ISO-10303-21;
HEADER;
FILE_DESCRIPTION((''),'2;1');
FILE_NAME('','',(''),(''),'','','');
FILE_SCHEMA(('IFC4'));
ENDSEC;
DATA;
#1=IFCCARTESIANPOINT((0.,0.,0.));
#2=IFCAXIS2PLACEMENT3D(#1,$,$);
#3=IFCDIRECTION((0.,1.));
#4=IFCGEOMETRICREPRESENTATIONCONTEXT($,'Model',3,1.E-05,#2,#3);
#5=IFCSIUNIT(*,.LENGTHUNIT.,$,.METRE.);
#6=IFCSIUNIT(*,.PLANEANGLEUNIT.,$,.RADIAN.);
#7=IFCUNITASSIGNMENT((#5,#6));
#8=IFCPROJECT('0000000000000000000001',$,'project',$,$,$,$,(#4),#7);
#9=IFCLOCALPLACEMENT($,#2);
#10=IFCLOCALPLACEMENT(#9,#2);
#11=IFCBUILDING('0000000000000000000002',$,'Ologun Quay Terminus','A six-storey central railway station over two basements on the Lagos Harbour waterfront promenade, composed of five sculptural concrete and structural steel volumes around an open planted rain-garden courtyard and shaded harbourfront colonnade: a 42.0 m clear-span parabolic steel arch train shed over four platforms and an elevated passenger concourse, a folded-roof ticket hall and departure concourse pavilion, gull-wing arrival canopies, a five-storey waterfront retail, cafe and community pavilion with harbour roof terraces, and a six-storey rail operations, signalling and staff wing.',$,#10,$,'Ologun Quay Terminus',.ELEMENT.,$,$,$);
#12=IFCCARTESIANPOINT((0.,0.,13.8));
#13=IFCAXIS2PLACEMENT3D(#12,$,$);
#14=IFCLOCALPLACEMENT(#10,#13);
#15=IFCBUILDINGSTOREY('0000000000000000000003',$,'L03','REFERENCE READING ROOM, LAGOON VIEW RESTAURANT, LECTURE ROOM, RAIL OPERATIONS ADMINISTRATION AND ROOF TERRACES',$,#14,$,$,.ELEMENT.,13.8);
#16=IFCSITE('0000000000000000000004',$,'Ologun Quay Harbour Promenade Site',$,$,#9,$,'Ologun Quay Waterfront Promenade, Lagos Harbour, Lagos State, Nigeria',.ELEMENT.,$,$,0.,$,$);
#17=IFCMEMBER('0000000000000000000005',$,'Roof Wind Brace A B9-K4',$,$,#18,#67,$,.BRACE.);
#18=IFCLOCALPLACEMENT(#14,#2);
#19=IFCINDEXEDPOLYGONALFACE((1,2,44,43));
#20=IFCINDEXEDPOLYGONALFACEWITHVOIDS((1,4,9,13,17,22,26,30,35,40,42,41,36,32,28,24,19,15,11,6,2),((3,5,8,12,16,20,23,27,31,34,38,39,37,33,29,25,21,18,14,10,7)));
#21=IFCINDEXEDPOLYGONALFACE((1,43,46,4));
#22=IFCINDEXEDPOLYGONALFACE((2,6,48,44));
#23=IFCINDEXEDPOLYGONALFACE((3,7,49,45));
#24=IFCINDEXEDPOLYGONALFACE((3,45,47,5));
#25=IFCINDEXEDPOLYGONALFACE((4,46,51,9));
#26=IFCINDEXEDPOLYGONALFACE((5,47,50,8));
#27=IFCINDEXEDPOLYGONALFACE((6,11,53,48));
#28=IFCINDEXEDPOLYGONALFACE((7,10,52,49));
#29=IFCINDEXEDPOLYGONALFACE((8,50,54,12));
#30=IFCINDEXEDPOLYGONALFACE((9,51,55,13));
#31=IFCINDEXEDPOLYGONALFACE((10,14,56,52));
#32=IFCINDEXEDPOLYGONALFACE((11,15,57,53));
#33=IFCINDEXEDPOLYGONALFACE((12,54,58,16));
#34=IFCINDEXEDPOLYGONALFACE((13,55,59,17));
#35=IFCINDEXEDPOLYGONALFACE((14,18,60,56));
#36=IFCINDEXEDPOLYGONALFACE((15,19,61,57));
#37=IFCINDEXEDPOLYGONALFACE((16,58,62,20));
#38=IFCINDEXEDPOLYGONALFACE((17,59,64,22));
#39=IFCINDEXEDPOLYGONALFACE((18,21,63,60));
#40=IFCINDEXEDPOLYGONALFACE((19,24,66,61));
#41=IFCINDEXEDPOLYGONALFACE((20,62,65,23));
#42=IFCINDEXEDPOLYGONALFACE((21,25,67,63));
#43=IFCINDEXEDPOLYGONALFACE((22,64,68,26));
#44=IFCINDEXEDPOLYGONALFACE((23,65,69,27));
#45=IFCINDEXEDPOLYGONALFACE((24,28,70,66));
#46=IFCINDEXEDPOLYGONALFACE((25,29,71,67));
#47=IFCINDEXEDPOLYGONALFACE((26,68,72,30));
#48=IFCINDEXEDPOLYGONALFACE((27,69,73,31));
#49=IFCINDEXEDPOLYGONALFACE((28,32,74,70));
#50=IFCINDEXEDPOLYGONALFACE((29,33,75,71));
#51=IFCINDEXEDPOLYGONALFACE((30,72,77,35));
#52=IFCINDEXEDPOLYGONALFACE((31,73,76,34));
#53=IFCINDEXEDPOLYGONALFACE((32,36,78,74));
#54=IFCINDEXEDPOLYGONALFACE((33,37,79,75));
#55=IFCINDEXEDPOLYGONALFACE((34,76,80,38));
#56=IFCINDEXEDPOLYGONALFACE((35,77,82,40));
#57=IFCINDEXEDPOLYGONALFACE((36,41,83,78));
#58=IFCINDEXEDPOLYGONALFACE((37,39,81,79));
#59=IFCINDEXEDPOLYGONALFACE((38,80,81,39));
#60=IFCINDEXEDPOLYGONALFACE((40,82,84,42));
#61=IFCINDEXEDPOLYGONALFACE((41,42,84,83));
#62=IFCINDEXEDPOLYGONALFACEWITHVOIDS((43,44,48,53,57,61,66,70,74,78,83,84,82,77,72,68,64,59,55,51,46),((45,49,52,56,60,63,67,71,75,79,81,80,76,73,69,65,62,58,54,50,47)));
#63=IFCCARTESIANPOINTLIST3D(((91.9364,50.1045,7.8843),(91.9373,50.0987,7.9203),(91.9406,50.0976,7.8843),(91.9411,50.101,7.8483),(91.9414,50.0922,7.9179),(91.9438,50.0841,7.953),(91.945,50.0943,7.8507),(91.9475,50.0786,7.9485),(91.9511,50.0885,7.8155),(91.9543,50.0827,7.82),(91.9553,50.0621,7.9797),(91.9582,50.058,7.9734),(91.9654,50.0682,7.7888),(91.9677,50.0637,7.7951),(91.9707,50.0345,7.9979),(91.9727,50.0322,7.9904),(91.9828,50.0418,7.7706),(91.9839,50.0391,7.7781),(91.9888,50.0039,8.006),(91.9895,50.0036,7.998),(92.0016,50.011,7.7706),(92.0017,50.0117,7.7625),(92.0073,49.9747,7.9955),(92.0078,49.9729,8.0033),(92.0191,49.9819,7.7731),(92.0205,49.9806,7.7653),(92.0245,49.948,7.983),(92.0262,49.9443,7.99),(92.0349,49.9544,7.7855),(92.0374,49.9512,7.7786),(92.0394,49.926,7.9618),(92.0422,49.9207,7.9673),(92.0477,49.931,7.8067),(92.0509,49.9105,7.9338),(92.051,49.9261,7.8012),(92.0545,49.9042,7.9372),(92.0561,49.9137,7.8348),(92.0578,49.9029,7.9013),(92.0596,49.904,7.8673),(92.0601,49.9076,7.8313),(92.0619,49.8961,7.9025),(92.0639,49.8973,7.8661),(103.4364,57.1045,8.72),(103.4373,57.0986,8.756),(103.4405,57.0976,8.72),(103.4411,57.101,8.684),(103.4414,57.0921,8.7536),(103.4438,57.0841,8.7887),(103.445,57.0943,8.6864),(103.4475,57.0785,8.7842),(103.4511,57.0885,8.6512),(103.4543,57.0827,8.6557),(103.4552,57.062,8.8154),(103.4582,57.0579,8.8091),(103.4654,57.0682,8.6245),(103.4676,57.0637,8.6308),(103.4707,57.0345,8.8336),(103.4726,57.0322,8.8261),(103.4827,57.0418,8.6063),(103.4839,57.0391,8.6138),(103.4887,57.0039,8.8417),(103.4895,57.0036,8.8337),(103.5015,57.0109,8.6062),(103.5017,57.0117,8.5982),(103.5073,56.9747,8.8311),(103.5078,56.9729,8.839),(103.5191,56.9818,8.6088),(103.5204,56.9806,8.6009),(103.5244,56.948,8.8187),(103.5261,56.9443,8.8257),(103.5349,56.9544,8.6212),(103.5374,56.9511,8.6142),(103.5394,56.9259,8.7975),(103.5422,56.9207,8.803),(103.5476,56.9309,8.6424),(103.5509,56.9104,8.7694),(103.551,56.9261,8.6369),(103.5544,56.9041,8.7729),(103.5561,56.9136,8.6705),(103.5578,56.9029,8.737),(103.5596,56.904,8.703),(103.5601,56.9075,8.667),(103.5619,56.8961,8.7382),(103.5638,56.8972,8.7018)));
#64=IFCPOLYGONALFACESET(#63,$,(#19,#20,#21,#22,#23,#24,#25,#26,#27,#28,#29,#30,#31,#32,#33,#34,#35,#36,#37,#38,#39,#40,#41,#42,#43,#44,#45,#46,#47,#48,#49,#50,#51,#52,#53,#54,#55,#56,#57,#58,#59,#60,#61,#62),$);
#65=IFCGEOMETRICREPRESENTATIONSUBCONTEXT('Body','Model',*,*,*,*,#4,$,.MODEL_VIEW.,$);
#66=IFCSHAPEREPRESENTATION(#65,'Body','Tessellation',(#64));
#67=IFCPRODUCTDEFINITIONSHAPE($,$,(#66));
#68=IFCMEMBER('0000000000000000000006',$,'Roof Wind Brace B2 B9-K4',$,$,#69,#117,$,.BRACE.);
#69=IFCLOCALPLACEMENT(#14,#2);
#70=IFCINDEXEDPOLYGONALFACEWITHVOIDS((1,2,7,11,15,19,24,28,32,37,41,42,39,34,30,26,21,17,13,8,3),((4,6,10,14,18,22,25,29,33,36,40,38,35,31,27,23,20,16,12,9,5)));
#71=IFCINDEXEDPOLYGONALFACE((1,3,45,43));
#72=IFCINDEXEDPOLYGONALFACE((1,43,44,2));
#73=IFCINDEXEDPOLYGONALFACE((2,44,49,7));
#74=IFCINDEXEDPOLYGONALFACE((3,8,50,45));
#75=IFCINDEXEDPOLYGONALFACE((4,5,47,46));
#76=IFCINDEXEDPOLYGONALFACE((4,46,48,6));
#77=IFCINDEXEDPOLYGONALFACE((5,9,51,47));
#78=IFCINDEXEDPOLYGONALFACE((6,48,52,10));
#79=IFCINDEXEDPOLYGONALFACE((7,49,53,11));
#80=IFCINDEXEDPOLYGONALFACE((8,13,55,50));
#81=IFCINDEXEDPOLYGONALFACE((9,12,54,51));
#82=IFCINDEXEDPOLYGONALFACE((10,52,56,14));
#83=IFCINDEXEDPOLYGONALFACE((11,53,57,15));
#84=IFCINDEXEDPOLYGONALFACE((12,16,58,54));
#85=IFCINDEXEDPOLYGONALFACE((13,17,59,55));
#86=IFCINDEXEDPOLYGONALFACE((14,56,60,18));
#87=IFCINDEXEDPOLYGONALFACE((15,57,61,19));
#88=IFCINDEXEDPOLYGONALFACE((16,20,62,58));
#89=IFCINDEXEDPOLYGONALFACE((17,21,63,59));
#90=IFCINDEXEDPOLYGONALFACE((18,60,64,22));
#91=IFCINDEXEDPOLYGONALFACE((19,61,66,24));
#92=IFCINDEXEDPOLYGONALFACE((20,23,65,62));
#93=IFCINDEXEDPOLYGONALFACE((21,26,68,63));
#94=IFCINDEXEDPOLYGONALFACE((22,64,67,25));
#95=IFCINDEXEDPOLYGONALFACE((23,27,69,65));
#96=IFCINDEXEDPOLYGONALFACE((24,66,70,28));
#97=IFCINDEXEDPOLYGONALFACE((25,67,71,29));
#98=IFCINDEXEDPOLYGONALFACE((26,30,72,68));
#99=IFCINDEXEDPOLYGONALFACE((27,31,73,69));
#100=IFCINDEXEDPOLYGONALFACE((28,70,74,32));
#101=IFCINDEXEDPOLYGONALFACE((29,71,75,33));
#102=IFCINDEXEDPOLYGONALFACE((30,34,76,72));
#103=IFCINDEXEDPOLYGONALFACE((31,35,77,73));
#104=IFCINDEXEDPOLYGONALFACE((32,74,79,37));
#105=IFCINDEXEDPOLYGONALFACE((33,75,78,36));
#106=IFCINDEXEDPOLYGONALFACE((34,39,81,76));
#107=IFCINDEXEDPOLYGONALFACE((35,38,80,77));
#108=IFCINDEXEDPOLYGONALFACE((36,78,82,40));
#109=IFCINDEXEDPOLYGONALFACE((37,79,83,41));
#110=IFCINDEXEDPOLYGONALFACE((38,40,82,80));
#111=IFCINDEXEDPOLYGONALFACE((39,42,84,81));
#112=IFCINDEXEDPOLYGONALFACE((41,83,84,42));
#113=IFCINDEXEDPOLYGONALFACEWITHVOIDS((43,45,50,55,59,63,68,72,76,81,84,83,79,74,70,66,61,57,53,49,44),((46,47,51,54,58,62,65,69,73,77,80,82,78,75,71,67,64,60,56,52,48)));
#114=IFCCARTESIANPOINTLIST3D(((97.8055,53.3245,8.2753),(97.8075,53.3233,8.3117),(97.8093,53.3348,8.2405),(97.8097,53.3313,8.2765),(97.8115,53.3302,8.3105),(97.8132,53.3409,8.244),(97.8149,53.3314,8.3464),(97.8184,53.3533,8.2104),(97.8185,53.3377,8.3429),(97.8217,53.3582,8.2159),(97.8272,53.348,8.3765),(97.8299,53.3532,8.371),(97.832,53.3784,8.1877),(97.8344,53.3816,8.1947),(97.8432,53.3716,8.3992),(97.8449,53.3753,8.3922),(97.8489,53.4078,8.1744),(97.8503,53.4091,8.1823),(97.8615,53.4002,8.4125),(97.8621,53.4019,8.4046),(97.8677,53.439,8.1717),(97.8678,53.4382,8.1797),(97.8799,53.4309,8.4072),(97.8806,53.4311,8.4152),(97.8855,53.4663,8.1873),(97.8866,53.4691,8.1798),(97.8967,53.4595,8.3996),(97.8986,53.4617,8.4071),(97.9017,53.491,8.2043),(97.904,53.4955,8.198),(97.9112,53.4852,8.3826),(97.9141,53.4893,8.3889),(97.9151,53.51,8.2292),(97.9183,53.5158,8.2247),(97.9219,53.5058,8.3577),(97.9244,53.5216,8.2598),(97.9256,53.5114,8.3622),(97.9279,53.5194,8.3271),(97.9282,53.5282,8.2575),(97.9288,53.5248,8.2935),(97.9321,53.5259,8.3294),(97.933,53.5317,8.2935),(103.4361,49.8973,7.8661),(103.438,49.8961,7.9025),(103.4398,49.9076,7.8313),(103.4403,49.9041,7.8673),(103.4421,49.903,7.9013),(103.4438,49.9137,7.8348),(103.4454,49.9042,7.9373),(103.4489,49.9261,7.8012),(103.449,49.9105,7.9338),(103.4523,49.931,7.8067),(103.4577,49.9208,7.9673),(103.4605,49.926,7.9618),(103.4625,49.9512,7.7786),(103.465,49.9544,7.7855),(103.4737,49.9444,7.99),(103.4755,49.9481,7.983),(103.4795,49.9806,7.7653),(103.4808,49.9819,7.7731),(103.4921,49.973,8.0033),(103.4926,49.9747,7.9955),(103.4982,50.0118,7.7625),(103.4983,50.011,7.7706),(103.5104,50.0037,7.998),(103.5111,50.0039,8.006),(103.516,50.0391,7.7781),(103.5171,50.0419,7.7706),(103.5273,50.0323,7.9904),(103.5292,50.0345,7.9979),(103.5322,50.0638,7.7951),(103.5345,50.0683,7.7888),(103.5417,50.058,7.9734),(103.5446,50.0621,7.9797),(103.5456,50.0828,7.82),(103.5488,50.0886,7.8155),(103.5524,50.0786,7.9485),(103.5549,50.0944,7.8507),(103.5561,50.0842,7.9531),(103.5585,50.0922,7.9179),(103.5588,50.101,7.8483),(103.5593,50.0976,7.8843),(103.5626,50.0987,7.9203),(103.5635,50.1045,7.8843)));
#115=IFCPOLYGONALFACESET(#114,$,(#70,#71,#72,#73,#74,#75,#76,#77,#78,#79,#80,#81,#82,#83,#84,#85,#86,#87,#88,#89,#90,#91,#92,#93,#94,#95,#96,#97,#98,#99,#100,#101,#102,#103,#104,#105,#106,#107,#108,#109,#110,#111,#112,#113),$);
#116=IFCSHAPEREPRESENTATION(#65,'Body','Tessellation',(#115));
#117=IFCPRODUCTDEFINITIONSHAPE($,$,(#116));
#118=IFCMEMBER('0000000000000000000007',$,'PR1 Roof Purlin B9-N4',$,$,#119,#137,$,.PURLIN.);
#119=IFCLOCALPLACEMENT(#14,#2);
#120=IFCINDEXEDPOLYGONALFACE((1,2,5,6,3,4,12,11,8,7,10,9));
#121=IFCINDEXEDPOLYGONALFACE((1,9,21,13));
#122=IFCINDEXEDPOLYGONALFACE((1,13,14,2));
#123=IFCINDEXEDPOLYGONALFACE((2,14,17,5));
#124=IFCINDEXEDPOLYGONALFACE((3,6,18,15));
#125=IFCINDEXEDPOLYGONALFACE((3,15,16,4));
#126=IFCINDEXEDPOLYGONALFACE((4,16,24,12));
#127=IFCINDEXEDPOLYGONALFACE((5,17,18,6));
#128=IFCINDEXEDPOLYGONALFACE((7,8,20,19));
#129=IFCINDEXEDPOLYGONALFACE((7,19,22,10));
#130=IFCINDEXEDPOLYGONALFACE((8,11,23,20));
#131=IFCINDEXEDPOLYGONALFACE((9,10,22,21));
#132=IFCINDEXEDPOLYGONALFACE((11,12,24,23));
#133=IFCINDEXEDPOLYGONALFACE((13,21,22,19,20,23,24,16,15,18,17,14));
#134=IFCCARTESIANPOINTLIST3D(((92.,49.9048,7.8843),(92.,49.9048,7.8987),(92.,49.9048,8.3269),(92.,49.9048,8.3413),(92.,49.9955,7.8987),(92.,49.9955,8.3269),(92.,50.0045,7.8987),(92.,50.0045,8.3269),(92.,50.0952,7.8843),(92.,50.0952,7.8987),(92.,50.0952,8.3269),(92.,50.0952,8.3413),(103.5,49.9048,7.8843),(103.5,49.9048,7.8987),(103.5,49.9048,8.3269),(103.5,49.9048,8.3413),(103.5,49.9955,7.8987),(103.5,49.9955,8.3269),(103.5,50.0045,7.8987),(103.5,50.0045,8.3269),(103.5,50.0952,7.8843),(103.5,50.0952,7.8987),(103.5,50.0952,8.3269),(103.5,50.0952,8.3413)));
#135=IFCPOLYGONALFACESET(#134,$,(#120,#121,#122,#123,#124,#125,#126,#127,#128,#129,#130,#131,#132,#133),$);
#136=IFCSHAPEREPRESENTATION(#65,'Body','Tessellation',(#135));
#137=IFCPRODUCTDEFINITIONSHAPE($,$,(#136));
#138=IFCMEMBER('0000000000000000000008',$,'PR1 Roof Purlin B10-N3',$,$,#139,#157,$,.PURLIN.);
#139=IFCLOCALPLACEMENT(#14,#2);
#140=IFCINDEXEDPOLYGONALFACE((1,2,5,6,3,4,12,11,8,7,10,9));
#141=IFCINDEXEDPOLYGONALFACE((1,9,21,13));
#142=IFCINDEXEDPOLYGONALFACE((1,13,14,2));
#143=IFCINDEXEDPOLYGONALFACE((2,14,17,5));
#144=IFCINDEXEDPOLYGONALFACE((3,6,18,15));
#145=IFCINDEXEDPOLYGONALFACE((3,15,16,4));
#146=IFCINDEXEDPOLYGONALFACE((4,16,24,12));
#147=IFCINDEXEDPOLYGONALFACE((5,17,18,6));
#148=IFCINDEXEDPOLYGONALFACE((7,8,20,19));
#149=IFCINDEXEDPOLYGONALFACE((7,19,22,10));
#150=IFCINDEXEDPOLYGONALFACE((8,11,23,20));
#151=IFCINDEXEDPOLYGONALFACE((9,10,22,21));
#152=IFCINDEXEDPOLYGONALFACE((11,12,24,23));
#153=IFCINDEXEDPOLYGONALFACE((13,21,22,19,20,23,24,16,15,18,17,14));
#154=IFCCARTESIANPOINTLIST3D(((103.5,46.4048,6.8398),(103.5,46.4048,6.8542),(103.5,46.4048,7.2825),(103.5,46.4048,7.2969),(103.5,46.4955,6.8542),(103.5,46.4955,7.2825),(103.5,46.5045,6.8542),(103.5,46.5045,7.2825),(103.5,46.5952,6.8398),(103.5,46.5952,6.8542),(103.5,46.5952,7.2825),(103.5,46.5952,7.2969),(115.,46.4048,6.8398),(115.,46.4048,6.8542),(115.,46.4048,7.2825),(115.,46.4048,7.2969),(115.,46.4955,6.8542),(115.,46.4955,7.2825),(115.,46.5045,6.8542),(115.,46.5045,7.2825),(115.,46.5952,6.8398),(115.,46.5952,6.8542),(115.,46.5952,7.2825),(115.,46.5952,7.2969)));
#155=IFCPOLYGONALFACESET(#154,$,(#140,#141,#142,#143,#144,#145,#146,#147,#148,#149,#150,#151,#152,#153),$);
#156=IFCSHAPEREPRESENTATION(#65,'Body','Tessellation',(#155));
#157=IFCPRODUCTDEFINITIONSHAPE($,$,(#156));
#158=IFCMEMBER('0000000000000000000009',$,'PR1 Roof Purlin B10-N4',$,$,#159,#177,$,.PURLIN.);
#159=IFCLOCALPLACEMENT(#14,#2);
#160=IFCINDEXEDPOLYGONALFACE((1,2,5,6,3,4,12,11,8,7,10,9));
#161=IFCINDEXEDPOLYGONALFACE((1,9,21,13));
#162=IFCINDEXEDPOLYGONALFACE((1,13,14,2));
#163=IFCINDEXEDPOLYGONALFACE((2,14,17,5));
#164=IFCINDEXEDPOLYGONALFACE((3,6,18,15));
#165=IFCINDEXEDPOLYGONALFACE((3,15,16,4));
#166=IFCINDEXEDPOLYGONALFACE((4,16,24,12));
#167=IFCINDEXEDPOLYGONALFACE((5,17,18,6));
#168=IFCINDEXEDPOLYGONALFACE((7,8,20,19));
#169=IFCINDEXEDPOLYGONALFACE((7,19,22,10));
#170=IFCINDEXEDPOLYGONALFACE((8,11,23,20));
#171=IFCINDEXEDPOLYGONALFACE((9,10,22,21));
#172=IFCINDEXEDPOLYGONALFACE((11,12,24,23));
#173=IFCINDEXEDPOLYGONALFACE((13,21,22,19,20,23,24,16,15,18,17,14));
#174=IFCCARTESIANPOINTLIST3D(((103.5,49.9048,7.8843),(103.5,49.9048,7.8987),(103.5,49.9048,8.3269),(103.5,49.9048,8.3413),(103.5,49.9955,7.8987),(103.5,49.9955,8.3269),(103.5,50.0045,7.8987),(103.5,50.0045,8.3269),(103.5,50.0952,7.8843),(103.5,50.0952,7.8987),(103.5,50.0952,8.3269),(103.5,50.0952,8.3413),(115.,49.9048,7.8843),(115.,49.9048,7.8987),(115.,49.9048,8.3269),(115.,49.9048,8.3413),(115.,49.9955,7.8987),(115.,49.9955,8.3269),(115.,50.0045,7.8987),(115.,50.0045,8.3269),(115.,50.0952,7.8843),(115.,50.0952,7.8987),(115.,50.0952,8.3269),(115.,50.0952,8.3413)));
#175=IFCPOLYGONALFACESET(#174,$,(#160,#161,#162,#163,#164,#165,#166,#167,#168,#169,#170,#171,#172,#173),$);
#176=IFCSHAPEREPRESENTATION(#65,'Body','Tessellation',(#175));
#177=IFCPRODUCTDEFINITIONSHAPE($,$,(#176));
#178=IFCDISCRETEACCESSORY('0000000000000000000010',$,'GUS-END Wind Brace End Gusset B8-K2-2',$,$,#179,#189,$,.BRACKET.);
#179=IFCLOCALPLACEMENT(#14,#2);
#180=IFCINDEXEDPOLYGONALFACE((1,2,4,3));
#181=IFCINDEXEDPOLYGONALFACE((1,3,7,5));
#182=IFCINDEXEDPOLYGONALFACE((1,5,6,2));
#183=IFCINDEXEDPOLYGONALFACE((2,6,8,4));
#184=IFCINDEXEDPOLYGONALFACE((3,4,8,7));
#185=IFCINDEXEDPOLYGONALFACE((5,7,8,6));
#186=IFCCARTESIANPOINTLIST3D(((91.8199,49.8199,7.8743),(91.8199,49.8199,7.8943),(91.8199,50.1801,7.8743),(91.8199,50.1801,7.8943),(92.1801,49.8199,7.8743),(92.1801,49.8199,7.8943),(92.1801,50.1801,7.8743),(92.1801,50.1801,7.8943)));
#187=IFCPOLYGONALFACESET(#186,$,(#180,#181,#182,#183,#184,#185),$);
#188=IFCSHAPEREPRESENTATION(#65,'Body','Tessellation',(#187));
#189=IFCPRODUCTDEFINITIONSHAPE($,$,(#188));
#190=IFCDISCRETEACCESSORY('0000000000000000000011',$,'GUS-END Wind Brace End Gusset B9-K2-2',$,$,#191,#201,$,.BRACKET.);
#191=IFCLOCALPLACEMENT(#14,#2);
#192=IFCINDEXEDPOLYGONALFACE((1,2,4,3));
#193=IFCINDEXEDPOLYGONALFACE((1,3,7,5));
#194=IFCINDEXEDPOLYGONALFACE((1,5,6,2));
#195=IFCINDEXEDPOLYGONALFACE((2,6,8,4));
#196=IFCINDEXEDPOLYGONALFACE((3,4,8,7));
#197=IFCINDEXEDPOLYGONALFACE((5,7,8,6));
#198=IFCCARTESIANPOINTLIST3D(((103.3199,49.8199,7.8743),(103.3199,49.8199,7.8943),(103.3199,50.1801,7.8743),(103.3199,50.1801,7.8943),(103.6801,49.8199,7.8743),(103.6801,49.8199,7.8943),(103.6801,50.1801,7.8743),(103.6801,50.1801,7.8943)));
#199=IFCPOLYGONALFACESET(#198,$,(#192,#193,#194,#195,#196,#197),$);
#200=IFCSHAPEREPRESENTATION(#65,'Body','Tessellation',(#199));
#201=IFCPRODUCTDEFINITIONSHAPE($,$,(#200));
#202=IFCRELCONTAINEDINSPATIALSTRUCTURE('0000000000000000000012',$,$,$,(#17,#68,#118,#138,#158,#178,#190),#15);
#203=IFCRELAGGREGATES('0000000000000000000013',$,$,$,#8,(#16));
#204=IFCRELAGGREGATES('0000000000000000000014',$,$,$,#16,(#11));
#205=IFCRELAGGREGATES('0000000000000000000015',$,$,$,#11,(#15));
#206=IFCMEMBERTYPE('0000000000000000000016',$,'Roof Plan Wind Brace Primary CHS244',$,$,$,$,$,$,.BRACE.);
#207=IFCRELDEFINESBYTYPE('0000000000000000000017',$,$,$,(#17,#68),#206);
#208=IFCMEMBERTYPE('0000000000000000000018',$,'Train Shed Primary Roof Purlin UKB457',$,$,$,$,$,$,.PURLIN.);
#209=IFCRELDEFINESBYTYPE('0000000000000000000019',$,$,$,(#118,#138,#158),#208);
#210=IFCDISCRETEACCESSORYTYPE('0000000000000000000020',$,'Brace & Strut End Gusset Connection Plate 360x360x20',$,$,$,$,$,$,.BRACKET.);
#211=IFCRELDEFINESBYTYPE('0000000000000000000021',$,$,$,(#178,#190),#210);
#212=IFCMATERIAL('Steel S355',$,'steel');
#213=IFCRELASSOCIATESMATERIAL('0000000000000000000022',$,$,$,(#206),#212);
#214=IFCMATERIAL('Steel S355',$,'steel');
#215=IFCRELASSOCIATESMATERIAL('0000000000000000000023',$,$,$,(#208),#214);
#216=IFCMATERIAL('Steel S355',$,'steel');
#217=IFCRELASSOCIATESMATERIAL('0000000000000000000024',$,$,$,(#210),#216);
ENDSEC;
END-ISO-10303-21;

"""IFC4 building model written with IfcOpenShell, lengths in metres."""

from ifc_helpers import new_model, si_unit, direction, frame, origin, origin_2d, place, context, subcontext, project, spatial, rectangle, hollow_circle, i_section, extrude, material, material_profile, profile_set, type_object, element, save


model = new_model("IFC4")

# Units and contexts
model_context = context("Model", 3, precision=1e-05, world=origin(), true_north=direction((0.0, 1.0)))
body_context = subcontext(model_context, "Body", "Model", "MODEL_VIEW")
ifc_project = project(units=[si_unit("LENGTHUNIT", "METRE"), si_unit("PLANEANGLEUNIT", "RADIAN")], contexts=[model_context])

# Site, building, storey
site_placement = place(None, origin())
site = spatial("IfcSite", under=ifc_project, at=site_placement, Name="Ologun Quay Harbour Promenade Site", LongName="Ologun Quay Waterfront Promenade, Lagos Harbour, Lagos State, Nigeria", CompositionType="ELEMENT", RefElevation=0.0)
building_placement = place(site_placement, origin())
building = spatial("IfcBuilding", under=site, at=building_placement, Name="Ologun Quay Terminus", Description="A six-storey central railway station over two basements on the Lagos Harbour waterfront promenade, composed of five sculptural concrete and structural steel volumes around an open planted rain-garden courtyard and shaded harbourfront colonnade: a 42.0 m clear-span parabolic steel arch train shed over four platforms and an elevated passenger concourse, a folded-roof ticket hall and departure concourse pavilion, gull-wing arrival canopies, a five-storey waterfront retail, cafe and community pavilion with harbour roof terraces, and a six-storey rail operations, signalling and staff wing.", LongName="Ologun Quay Terminus", CompositionType="ELEMENT")
storey_placement = place(building_placement, frame((0.0, 0.0, 13.8)))
storey = spatial("IfcBuildingStorey", under=building, at=storey_placement, Name="L03", Description="REFERENCE READING ROOM, LAGOON VIEW RESTAURANT, LECTURE ROOM, RAIL OPERATIONS ADMINISTRATION AND ROOF TERRACES", CompositionType="ELEMENT", Elevation=13.8)

# Members
ifc_material_1 = material(Name="Steel S355", Category="steel")
ifc_material_profile_1 = material_profile(ifc_material_1, hollow_circle(Radius=0.1223, WallThickness=0.0081, at=origin_2d()), Name="CHS 244.5x8")
ifc_profile_set_1 = profile_set([ifc_material_profile_1], Name="Steel S355")
member_type_1 = type_object("IfcMemberType", Name="Roof Plan Wind Brace Primary CHS244", PredefinedType="BRACE", material=ifc_profile_set_1)
member_1_placement = place(storey_placement, frame((92.0, 50.0, 7.8843), z_axis=(0.852558, 0.518948, 0.061954), x_axis=(-0.519947, 0.854199, 0.0)))
element("IfcMember", 1, at=member_1_placement, inside=storey, type_object=member_type_1, Name="Roof Wind Brace A B9-K4", PredefinedType="BRACE", context=body_context, shape_type="SweptSolid", body=[
    extrude(hollow_circle(Radius=0.1223, WallThickness=0.0081, at=origin_2d()), origin(), (0.0, 0.0, 1.0), 13.4888),
])
member_2_placement = place(storey_placement, frame((97.8694, 53.4272, 8.2935), z_axis=(0.852563, -0.518939, -0.061956), x_axis=(0.519938, 0.854204, 0.0)))
element("IfcMember", 2, at=member_2_placement, inside=storey, type_object=member_type_1, Name="Roof Wind Brace B2 B9-K4", PredefinedType="BRACE", context=body_context, shape_type="SweptSolid", body=[
    extrude(hollow_circle(Radius=0.1223, WallThickness=0.0081, at=origin_2d()), origin(), (0.0, 0.0, 1.0), 6.6042),
])
ifc_material_2 = material(Name="Steel S355", Category="steel")
ifc_material_profile_2 = material_profile(ifc_material_2, i_section(OverallWidth=0.1904, OverallDepth=0.457, WebThickness=0.009, FlangeThickness=0.0144, at=origin_2d()), Name="UKB 457x191x74")
ifc_profile_set_2 = profile_set([ifc_material_profile_2], Name="Steel S355")
member_type_2 = type_object("IfcMemberType", Name="Train Shed Primary Roof Purlin UKB457", PredefinedType="PURLIN", material=ifc_profile_set_2)
for number, where, z_axis, x_axis, name in (
    (3, (92.0, 50.0, 8.1128), (1.0, 0.0, 0.0), (0.0, 1.0, 0.0), "PR1 Roof Purlin B9-N4"),
    (4, (103.5, 46.5, 7.0684), (1.0, 0.0, 0.0), (0.0, 1.0, 0.0), "PR1 Roof Purlin B10-N3"),
    (5, (103.5, 50.0, 8.1128), (1.0, 0.0, 0.0), (0.0, 1.0, 0.0), "PR1 Roof Purlin B10-N4"),
):
    element("IfcMember", number, at=place(storey_placement, frame(where, z_axis=z_axis, x_axis=x_axis)), inside=storey, type_object=member_type_2, Name=name, PredefinedType="PURLIN", context=body_context, shape_type="SweptSolid", body=[
        extrude(i_section(OverallWidth=0.1904, OverallDepth=0.457, WebThickness=0.009, FlangeThickness=0.0144, at=origin_2d()), origin(), (0.0, 0.0, 1.0), 11.5),
    ])

# Discrete accessories
ifc_material_3 = material(Name="Steel S355", Category="steel")
discrete_accessory_type = type_object("IfcDiscreteAccessoryType", Name="Brace & Strut End Gusset Connection Plate 360x360x20", PredefinedType="BRACKET", material=ifc_material_3)
for number, where, z_axis, x_axis, name in (
    (6, (92.0, 50.0, 7.8743), (0.0, 0.0, 1.0), (1.0, 0.0, 0.0), "GUS-END Wind Brace End Gusset B8-K2-2"),
    (7, (103.5, 50.0, 7.8743), (0.0, 0.0, 1.0), (1.0, 0.0, 0.0), "GUS-END Wind Brace End Gusset B9-K2-2"),
):
    element("IfcDiscreteAccessory", number, at=place(storey_placement, frame(where, z_axis=z_axis, x_axis=x_axis)), inside=storey, type_object=discrete_accessory_type, Name=name, PredefinedType="BRACKET", context=body_context, shape_type="SweptSolid", body=[
        extrude(rectangle(XDim=0.3601, YDim=0.3601, at=origin_2d()), origin(), (0.0, 0.0, 1.0), 0.02),
    ])

save(model, "model.ifc")
